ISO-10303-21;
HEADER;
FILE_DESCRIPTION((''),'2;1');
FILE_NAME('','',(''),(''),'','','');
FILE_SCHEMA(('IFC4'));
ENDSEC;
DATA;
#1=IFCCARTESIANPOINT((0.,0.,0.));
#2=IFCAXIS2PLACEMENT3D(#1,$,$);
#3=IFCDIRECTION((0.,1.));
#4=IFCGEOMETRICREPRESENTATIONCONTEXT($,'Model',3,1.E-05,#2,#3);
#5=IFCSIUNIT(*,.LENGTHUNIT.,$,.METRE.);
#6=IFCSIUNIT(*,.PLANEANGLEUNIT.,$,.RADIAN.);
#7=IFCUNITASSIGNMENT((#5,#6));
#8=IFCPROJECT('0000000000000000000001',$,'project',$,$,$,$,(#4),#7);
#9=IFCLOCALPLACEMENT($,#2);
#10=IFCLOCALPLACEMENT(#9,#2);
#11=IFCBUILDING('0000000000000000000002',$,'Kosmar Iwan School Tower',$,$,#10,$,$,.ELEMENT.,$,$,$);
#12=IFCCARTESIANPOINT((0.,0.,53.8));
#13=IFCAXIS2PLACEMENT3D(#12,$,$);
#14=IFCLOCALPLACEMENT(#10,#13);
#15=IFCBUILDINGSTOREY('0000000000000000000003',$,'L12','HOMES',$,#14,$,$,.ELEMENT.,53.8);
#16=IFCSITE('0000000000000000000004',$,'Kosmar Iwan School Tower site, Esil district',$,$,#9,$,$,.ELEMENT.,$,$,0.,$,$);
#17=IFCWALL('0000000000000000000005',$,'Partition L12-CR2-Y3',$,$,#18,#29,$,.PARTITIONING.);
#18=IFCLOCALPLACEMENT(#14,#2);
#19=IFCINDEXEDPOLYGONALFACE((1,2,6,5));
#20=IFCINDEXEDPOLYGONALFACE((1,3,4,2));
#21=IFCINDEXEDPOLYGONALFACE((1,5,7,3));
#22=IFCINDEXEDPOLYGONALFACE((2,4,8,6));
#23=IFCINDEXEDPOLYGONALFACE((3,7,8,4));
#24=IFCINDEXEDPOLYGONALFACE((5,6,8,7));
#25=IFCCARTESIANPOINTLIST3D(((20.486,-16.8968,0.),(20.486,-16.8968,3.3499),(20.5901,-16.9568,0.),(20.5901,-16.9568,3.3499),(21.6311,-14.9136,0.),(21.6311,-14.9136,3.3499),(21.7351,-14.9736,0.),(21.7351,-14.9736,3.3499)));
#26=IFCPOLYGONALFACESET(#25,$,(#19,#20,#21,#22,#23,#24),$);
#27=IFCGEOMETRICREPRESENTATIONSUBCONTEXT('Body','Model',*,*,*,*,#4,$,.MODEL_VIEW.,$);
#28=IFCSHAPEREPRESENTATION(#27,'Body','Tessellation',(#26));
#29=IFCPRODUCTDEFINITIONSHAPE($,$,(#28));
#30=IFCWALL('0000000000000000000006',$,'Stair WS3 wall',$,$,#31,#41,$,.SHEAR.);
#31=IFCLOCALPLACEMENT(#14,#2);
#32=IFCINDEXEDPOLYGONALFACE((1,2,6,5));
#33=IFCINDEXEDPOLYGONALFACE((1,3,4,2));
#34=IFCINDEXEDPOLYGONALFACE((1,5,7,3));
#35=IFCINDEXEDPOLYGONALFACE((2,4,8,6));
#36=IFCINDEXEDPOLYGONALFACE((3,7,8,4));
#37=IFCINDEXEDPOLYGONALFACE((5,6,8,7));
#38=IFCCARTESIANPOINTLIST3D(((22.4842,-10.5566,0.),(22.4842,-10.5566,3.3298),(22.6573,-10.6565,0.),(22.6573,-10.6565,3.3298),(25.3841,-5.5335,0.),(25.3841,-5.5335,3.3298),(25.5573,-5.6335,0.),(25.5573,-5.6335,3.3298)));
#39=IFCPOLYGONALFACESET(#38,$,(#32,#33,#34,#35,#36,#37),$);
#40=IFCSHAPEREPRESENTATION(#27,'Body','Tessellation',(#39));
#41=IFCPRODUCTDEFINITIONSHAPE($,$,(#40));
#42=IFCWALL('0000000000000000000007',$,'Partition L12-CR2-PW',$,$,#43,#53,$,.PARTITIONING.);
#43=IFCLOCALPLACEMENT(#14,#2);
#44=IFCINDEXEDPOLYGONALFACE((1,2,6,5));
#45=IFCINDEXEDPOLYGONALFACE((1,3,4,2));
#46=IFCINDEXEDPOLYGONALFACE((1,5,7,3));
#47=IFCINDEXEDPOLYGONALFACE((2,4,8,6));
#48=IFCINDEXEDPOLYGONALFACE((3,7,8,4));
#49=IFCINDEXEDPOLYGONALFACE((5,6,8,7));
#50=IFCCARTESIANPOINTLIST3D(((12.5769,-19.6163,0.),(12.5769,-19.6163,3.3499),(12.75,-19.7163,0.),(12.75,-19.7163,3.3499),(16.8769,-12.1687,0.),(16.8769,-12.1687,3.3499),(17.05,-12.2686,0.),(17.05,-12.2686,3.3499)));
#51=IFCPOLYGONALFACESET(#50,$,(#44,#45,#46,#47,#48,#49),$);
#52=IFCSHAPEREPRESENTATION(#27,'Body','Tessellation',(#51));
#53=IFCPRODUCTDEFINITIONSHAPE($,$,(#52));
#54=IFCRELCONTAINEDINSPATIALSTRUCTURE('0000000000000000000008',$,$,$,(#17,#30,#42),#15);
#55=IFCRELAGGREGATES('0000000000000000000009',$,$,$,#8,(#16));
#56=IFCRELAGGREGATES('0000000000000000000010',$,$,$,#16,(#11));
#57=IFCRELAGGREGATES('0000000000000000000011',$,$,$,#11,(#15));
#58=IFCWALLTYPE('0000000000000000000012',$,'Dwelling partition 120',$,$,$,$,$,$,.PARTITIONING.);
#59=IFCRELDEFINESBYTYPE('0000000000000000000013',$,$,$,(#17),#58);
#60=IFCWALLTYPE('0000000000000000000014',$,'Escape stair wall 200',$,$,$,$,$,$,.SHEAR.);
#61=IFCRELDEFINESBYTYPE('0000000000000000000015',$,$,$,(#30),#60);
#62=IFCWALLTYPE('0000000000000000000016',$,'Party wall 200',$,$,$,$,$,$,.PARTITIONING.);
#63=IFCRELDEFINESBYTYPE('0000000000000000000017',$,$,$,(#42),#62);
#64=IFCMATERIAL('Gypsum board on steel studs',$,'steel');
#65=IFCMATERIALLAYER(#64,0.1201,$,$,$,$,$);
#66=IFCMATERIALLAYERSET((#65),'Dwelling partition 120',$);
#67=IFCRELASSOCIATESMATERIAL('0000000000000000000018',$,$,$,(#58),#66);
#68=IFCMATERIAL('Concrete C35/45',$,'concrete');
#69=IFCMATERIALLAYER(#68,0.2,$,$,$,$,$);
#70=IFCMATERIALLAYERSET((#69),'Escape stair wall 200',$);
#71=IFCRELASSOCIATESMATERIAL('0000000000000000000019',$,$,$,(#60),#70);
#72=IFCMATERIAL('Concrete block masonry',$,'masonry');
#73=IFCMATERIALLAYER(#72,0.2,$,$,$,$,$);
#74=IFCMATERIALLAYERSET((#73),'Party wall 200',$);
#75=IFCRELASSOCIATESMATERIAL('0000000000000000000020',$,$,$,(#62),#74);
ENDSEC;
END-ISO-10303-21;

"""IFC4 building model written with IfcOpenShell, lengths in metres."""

from ifc_helpers import new_model, si_unit, direction, frame, frame_2d, origin, place, context, subcontext, project, spatial, rectangle, extrude, material, layer, layer_set, type_object, element, save


model = new_model("IFC4")

# Units and contexts
model_context = context("Model", 3, precision=1e-05, world=origin(), true_north=direction((0.0, 1.0)))
body_context = subcontext(model_context, "Body", "Model", "MODEL_VIEW")
ifc_project = project(units=[si_unit("LENGTHUNIT", "METRE"), si_unit("PLANEANGLEUNIT", "RADIAN")], contexts=[model_context])

# Site, building, storey
site_placement = place(None, origin())
site = spatial("IfcSite", under=ifc_project, at=site_placement, Name="Kosmar Iwan School Tower site, Esil district", CompositionType="ELEMENT", RefElevation=0.0)
building_placement = place(site_placement, origin())
building = spatial("IfcBuilding", under=site, at=building_placement, Name="Kosmar Iwan School Tower", CompositionType="ELEMENT")
storey_placement = place(building_placement, frame((0.0, 0.0, 53.8)))
storey = spatial("IfcBuildingStorey", under=building, at=storey_placement, Name="L12", Description="HOMES", CompositionType="ELEMENT", Elevation=53.8)

# Shared definitions
ifc_material_1 = material(Name="Gypsum board on steel studs", Category="steel")
ifc_layer_1 = layer(ifc_material_1, 0.1201)
ifc_layer_set_1 = layer_set([ifc_layer_1], Name="Dwelling partition 120")
wall_type_1 = type_object("IfcWallType", Name="Dwelling partition 120", PredefinedType="PARTITIONING", material=ifc_layer_set_1)

# Walls
wall_1_placement = place(storey_placement, frame((21.6831, -14.9436, 0.0), z_axis=(0.0, 0.0, 1.0), x_axis=(-0.500015, -0.866017, 0.0)))
element("IfcWall", 1, at=wall_1_placement, inside=storey, type_object=wall_type_1, Name="Partition L12-CR2-Y3", PredefinedType="PARTITIONING", context=body_context, shape_type="SweptSolid", body=[
    extrude(rectangle(XDim=2.29, YDim=0.1201, at=frame_2d((1.145, 0.0))), origin(), (0.0, 0.0, 1.0), 3.3499),
])
ifc_material_2 = material(Name="Concrete C35/45", Category="concrete")
ifc_layer_2 = layer(ifc_material_2, 0.2)
ifc_layer_set_2 = layer_set([ifc_layer_2], Name="Escape stair wall 200")
wall_type_2 = type_object("IfcWallType", Name="Escape stair wall 200", PredefinedType="SHEAR", material=ifc_layer_set_2)
wall_2_placement = place(storey_placement, frame((22.5708, -10.6064, 0.0), z_axis=(0.0, 0.0, 1.0), x_axis=(0.499987, 0.866033, 0.0)))
element("IfcWall", 2, at=wall_2_placement, inside=storey, type_object=wall_type_2, Name="Stair WS3 wall", PredefinedType="SHEAR", context=body_context, shape_type="SweptSolid", body=[
    extrude(rectangle(XDim=5.8, YDim=0.2, at=frame_2d((2.8999, 0.0))), origin(), (0.0, 0.0, 1.0), 3.3298),
])
ifc_material_3 = material(Name="Concrete block masonry", Category="masonry")
ifc_layer_3 = layer(ifc_material_3, 0.2)
ifc_layer_set_3 = layer_set([ifc_layer_3], Name="Party wall 200")
wall_type_3 = type_object("IfcWallType", Name="Party wall 200", PredefinedType="PARTITIONING", material=ifc_layer_set_3)
wall_3_placement = place(storey_placement, frame((16.9634, -12.2188, 0.0), z_axis=(0.0, 0.0, 1.0), x_axis=(-0.500008, -0.866021, 0.0)))
element("IfcWall", 3, at=wall_3_placement, inside=storey, type_object=wall_type_3, Name="Partition L12-CR2-PW", PredefinedType="PARTITIONING", context=body_context, shape_type="SweptSolid", body=[
    extrude(rectangle(XDim=8.5999, YDim=0.2, at=frame_2d((4.2998, 0.0))), origin(), (0.0, 0.0, 1.0), 3.3499),
])

save(model, "model.ifc")
